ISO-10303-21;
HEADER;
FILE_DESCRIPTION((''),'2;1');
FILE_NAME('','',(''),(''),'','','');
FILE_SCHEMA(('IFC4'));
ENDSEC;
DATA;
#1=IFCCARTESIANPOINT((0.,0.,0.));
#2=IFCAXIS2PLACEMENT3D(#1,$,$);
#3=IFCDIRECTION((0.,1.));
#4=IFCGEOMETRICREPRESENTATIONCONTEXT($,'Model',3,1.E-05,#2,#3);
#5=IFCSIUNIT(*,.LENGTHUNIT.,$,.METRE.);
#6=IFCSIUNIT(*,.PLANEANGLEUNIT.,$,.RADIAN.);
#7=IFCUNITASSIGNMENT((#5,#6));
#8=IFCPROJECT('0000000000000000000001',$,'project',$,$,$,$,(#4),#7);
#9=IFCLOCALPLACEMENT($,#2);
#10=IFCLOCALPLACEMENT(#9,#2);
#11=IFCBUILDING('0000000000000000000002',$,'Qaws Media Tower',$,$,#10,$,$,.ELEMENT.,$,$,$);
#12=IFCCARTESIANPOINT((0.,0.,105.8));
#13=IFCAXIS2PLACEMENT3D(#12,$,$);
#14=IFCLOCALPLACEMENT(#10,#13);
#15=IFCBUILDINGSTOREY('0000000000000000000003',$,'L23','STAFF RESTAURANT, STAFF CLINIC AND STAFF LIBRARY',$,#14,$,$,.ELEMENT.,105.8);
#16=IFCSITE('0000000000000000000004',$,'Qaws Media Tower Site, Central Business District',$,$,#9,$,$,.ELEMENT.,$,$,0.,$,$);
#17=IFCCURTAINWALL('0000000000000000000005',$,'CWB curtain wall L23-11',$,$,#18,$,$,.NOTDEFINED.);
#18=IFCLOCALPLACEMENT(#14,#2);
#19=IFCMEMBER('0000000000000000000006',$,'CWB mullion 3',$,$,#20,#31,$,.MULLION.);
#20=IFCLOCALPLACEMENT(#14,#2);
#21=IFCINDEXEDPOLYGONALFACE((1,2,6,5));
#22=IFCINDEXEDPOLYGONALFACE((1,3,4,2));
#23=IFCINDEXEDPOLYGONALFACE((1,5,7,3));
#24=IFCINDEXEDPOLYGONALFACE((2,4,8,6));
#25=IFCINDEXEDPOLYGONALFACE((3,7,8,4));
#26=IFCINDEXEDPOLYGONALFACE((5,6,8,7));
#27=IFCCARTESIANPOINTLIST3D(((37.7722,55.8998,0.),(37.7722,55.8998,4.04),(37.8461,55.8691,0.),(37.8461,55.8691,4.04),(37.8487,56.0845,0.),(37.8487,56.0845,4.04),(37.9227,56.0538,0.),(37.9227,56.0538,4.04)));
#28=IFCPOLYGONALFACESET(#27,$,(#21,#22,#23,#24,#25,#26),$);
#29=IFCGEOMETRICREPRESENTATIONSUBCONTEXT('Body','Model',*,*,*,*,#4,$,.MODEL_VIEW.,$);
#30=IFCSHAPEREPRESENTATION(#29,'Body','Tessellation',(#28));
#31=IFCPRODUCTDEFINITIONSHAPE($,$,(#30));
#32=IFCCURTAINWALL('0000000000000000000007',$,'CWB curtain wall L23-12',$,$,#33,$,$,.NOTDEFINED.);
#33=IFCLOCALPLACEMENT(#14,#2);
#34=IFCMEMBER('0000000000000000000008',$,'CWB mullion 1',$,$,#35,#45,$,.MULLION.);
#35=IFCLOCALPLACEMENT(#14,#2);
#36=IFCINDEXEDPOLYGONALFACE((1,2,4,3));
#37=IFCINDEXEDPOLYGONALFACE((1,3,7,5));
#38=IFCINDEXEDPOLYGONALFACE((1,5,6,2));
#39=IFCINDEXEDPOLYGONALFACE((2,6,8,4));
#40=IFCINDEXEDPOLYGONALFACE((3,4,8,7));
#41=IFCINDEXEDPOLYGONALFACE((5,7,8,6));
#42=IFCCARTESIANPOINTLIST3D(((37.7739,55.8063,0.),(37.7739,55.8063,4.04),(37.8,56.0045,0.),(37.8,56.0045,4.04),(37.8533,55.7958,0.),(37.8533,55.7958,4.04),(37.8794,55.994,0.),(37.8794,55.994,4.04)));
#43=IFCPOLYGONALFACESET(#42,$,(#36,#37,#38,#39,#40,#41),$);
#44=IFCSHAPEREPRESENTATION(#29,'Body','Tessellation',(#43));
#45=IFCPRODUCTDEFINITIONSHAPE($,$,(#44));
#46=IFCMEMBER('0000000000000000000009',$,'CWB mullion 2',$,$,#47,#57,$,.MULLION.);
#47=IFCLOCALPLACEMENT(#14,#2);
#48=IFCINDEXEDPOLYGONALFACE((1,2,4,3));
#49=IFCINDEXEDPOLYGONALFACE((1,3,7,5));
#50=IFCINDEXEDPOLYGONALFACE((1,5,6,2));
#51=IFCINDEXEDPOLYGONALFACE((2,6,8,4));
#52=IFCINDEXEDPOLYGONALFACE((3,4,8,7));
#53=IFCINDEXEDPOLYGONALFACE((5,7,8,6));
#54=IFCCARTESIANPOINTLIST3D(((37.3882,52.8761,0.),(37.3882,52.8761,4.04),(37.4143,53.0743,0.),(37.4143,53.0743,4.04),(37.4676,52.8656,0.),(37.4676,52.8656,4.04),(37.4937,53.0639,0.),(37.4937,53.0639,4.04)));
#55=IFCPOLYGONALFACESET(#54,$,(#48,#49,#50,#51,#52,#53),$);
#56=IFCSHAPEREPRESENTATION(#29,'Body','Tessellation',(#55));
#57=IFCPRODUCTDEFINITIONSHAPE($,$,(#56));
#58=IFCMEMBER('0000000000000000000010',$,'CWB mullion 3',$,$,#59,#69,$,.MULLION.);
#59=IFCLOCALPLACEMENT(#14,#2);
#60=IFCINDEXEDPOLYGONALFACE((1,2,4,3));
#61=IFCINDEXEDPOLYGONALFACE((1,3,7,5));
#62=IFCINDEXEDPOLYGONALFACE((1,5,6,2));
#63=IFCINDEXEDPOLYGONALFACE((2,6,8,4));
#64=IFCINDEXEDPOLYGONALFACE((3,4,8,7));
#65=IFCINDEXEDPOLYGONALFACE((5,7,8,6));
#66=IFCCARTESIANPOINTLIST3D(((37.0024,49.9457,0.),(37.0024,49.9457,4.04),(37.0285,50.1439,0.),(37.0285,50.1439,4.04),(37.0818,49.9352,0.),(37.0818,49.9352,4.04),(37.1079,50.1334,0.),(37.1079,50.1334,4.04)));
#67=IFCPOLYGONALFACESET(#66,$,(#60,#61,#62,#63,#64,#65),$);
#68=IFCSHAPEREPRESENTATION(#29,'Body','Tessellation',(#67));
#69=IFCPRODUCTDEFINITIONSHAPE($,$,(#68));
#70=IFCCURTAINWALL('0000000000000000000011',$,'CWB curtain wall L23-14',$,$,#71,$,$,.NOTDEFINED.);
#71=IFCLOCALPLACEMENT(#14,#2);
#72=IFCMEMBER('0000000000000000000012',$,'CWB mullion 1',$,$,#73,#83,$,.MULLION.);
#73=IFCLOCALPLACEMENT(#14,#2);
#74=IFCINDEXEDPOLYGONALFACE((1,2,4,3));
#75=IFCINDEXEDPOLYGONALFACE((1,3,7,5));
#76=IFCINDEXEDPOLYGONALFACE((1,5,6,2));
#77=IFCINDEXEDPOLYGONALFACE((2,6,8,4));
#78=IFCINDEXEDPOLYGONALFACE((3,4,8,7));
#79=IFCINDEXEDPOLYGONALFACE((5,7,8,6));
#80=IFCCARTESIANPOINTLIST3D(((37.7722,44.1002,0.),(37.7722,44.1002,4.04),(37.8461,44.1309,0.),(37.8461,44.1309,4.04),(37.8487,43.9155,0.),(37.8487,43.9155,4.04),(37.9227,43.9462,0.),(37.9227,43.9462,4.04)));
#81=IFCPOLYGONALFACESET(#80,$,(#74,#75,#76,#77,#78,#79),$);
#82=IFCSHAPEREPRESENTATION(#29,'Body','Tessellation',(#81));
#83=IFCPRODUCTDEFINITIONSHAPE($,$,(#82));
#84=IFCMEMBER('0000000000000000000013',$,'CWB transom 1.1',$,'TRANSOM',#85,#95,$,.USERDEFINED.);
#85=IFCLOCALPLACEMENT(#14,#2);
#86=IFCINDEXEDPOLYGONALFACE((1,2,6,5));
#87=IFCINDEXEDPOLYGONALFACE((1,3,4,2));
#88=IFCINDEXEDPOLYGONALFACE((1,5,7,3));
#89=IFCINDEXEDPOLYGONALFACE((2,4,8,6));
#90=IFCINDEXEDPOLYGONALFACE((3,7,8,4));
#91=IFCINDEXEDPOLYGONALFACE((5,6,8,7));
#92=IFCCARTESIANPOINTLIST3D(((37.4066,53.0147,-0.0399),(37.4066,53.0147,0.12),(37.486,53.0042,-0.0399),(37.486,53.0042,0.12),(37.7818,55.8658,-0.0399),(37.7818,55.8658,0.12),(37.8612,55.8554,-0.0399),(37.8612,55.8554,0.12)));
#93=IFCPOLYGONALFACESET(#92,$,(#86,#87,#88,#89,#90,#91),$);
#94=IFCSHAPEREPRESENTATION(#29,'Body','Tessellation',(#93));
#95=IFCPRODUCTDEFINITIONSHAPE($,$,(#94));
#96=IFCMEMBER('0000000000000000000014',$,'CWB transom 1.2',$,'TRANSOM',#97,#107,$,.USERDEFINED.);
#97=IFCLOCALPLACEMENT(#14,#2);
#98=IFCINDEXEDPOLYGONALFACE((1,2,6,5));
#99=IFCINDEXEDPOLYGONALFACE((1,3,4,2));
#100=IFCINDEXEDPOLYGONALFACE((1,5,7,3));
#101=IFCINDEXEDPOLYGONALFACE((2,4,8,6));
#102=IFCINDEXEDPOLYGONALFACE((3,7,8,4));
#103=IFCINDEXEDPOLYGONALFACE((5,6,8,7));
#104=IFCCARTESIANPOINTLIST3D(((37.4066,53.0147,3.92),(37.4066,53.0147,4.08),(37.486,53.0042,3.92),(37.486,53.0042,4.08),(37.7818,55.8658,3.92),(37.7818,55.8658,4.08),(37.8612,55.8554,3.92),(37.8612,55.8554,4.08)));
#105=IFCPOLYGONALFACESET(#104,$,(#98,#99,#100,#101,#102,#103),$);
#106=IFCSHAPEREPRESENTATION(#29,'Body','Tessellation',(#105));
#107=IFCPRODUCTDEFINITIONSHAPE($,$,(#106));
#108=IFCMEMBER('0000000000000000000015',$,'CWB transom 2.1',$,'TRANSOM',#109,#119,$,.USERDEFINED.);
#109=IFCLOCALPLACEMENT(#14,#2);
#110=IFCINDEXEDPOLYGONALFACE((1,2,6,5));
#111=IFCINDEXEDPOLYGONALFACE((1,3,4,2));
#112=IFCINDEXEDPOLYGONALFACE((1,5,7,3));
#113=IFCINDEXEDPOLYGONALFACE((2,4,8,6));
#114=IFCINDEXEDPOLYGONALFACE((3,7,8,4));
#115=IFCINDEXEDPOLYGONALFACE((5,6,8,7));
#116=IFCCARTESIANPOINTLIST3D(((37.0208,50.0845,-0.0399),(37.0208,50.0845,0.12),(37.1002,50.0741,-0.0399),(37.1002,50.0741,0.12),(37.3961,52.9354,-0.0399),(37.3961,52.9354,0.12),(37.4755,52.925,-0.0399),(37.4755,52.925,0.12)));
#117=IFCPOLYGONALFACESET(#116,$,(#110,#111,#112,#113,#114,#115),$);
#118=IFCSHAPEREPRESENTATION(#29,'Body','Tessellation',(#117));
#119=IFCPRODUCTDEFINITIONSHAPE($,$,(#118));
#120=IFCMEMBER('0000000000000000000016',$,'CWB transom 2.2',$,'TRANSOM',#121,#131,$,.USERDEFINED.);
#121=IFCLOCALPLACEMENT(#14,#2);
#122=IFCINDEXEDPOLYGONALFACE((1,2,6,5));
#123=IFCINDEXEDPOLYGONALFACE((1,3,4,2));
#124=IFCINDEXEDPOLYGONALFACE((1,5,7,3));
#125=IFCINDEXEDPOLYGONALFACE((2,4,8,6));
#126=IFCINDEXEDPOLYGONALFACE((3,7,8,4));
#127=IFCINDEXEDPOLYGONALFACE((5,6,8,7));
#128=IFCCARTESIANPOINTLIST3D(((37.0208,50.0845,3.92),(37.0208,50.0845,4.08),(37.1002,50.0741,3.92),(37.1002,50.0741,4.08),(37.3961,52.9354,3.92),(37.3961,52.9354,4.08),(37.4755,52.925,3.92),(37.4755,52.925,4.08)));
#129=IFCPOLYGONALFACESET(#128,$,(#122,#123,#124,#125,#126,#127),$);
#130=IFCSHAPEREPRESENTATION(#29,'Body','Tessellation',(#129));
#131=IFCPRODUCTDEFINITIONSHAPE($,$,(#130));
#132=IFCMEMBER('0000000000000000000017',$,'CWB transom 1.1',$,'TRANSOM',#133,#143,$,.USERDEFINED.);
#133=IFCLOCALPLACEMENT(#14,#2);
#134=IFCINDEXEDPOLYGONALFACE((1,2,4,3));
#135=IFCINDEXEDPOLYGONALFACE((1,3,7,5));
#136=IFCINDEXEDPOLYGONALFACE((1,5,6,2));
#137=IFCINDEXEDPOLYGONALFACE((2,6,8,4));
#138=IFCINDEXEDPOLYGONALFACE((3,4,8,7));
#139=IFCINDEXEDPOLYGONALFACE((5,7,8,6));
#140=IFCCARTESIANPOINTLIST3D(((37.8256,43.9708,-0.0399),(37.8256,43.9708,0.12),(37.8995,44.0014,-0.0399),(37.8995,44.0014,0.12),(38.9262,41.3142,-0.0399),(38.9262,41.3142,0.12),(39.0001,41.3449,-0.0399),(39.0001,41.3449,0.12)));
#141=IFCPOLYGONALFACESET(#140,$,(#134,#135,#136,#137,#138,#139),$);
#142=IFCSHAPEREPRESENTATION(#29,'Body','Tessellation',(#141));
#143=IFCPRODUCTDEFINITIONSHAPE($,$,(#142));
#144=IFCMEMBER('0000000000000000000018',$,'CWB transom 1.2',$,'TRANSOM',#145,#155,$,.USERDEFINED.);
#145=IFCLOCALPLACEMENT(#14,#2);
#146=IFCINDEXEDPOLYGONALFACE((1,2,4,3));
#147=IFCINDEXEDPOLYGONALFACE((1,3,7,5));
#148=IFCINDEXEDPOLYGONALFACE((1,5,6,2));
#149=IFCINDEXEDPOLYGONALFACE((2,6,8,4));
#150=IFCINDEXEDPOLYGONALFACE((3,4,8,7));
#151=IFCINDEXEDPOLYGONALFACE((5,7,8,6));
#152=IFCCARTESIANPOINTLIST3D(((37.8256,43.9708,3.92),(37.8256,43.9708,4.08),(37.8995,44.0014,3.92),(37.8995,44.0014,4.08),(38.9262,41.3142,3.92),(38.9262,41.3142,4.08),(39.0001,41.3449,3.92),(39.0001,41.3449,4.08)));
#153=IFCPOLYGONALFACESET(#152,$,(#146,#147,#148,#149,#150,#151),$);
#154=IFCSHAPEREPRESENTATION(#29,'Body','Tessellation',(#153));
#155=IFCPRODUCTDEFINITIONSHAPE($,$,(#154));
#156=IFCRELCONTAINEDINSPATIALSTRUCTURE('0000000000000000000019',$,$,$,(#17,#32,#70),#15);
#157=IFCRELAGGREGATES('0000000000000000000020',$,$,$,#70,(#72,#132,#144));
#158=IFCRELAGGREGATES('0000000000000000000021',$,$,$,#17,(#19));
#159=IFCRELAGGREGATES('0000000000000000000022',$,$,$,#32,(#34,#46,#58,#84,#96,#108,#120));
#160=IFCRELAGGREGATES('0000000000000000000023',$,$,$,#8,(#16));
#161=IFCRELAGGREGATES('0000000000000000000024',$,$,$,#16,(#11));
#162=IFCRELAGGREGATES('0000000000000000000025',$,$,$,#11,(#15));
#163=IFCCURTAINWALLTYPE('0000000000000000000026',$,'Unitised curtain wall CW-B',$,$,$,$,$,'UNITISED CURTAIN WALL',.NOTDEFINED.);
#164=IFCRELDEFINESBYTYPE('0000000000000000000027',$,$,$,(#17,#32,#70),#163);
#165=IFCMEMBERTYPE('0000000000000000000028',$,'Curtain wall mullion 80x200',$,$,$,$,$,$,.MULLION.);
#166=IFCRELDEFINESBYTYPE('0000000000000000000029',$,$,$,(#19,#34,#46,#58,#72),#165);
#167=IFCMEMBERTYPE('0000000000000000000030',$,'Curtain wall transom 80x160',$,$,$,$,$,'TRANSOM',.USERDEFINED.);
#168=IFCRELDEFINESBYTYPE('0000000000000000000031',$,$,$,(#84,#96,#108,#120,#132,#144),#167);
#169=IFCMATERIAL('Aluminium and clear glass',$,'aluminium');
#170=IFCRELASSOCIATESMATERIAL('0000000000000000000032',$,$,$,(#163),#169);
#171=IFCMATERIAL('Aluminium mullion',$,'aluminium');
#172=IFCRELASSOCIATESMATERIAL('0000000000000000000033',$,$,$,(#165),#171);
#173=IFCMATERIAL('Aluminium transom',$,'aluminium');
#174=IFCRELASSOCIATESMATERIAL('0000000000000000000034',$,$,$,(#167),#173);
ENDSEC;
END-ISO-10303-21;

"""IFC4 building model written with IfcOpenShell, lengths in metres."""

from ifc_helpers import new_model, si_unit, direction, frame, origin, origin_2d, place, context, subcontext, project, spatial, rectangle, extrude, material, material_profile, profile_set, type_object, element, aggregate, save


model = new_model("IFC4")

# Units and contexts
model_context = context("Model", 3, precision=1e-05, world=origin(), true_north=direction((0.0, 1.0)))
body_context = subcontext(model_context, "Body", "Model", "MODEL_VIEW")
ifc_project = project(units=[si_unit("LENGTHUNIT", "METRE"), si_unit("PLANEANGLEUNIT", "RADIAN")], contexts=[model_context])

# Site, building, storey
site_placement = place(None, origin())
site = spatial("IfcSite", under=ifc_project, at=site_placement, Name="Qaws Media Tower Site, Central Business District", CompositionType="ELEMENT", RefElevation=0.0)
building_placement = place(site_placement, origin())
building = spatial("IfcBuilding", under=site, at=building_placement, Name="Qaws Media Tower", CompositionType="ELEMENT")
storey_placement = place(building_placement, frame((0.0, 0.0, 105.8)))
storey = spatial("IfcBuildingStorey", under=building, at=storey_placement, Name="L23", Description="STAFF RESTAURANT, STAFF CLINIC AND STAFF LIBRARY", CompositionType="ELEMENT", Elevation=105.8)

# Curtain wall, member
ifc_material_1 = material(Name="Aluminium and clear glass", Category="aluminium")
curtain_wall_type = type_object("IfcCurtainWallType", Name="Unitised curtain wall CW-B", ElementType="UNITISED CURTAIN WALL", PredefinedType="NOTDEFINED", material=ifc_material_1)
curtain_wall_1_placement = place(storey_placement, origin())
curtain_wall_1 = element("IfcCurtainWall", 1, at=curtain_wall_1_placement, inside=storey, type_object=curtain_wall_type, Name="CWB curtain wall L23-11", PredefinedType="NOTDEFINED")
ifc_material_2 = material(Name="Aluminium mullion", Category="aluminium")
ifc_material_profile_1 = material_profile(ifc_material_2, rectangle(XDim=0.0801, YDim=0.2, at=origin_2d()), Name="80x200")
ifc_profile_set_1 = profile_set([ifc_material_profile_1], Name="Aluminium mullion")
member_type_1 = type_object("IfcMemberType", Name="Curtain wall mullion 80x200", PredefinedType="MULLION", material=ifc_profile_set_1)
member_1_placement = place(storey_placement, frame((37.8474, 55.9768, 0.0), z_axis=(0.0, 0.0, 1.0), x_axis=(0.92388, -0.382683, 0.0)))
member_1 = element("IfcMember", 2, at=member_1_placement, type_object=member_type_1, Name="CWB mullion 3", PredefinedType="MULLION", context=body_context, shape_type="SweptSolid", body=[
    extrude(rectangle(XDim=0.0801, YDim=0.2, at=origin_2d()), origin(), (0.0, 0.0, 1.0), 4.04),
])

# Curtain wall, members
curtain_wall_2_placement = place(storey_placement, origin())
curtain_wall_2 = element("IfcCurtainWall", 3, at=curtain_wall_2_placement, inside=storey, type_object=curtain_wall_type, Name="CWB curtain wall L23-12", PredefinedType="NOTDEFINED")
member_2_placement = place(storey_placement, frame((37.8267, 55.9001, 0.0), z_axis=(0.0, 0.0, 1.0), x_axis=(0.991445, -0.130526, 0.0)))
member_2 = element("IfcMember", 4, at=member_2_placement, type_object=member_type_1, Name="CWB mullion 1", PredefinedType="MULLION", context=body_context, shape_type="SweptSolid", body=[
    extrude(rectangle(XDim=0.0801, YDim=0.2, at=origin_2d()), origin(), (0.0, 0.0, 1.0), 4.04),
])
member_3_placement = place(storey_placement, frame((37.4409, 52.97, 0.0), z_axis=(0.0, 0.0, 1.0), x_axis=(0.991445, -0.130526, 0.0)))
member_3 = element("IfcMember", 5, at=member_3_placement, type_object=member_type_1, Name="CWB mullion 2", PredefinedType="MULLION", context=body_context, shape_type="SweptSolid", body=[
    extrude(rectangle(XDim=0.0801, YDim=0.2, at=origin_2d()), origin(), (0.0, 0.0, 1.0), 4.04),
])
member_4_placement = place(storey_placement, frame((37.0552, 50.0396, 0.0), z_axis=(0.0, 0.0, 1.0), x_axis=(0.991445, -0.130526, 0.0)))
member_4 = element("IfcMember", 6, at=member_4_placement, type_object=member_type_1, Name="CWB mullion 3", PredefinedType="MULLION", context=body_context, shape_type="SweptSolid", body=[
    extrude(rectangle(XDim=0.0801, YDim=0.2, at=origin_2d()), origin(), (0.0, 0.0, 1.0), 4.04),
])

# Curtain wall, member
curtain_wall_3_placement = place(storey_placement, origin())
curtain_wall_3 = element("IfcCurtainWall", 7, at=curtain_wall_3_placement, inside=storey, type_object=curtain_wall_type, Name="CWB curtain wall L23-14", PredefinedType="NOTDEFINED")
member_5_placement = place(storey_placement, frame((37.8474, 44.0232, 0.0), z_axis=(0.0, 0.0, 1.0), x_axis=(0.92388, 0.382683, 0.0)))
member_5 = element("IfcMember", 8, at=member_5_placement, type_object=member_type_1, Name="CWB mullion 1", PredefinedType="MULLION", context=body_context, shape_type="SweptSolid", body=[
    extrude(rectangle(XDim=0.0801, YDim=0.2, at=origin_2d()), origin(), (0.0, 0.0, 1.0), 4.04),
])

# Members
ifc_material_3 = material(Name="Aluminium transom", Category="aluminium")
ifc_material_profile_2 = material_profile(ifc_material_3, rectangle(XDim=0.0801, YDim=0.1599, at=origin_2d()), Name="80x160")
ifc_profile_set_2 = profile_set([ifc_material_profile_2], Name="Aluminium transom")
member_type_2 = type_object("IfcMemberType", Name="Curtain wall transom 80x160", ElementType="TRANSOM", PredefinedType="USERDEFINED", material=ifc_profile_set_2)
member_6_placement = place(storey_placement, frame((37.8215, 55.8606, 0.04), z_axis=(-0.13049, -0.99145, 0.0), x_axis=(0.99145, -0.13049, 0.0)))
member_6 = element("IfcMember", 9, at=member_6_placement, type_object=member_type_2, Name="CWB transom 1.1", ObjectType="TRANSOM", PredefinedType="USERDEFINED", context=body_context, shape_type="SweptSolid", body=[
    extrude(rectangle(XDim=0.0801, YDim=0.1599, at=origin_2d()), origin(), (0.0, 0.0, 1.0), 2.8757),
])
member_7_placement = place(storey_placement, frame((37.8215, 55.8606, 4.0), z_axis=(-0.13049, -0.99145, 0.0), x_axis=(0.99145, -0.13049, 0.0)))
member_7 = element("IfcMember", 10, at=member_7_placement, type_object=member_type_2, Name="CWB transom 1.2", ObjectType="TRANSOM", PredefinedType="USERDEFINED", context=body_context, shape_type="SweptSolid", body=[
    extrude(rectangle(XDim=0.0801, YDim=0.1599, at=origin_2d()), origin(), (0.0, 0.0, 1.0), 2.8757),
])
member_8_placement = place(storey_placement, frame((37.4358, 52.9302, 0.04), z_axis=(-0.130501, -0.991448, 0.0), x_axis=(0.991448, -0.130501, 0.0)))
member_8 = element("IfcMember", 11, at=member_8_placement, type_object=member_type_2, Name="CWB transom 2.1", ObjectType="TRANSOM", PredefinedType="USERDEFINED", context=body_context, shape_type="SweptSolid", body=[
    extrude(rectangle(XDim=0.0801, YDim=0.1599, at=origin_2d()), origin(), (0.0, 0.0, 1.0), 2.8755),
])
member_9_placement = place(storey_placement, frame((37.4358, 52.9302, 4.0), z_axis=(-0.130501, -0.991448, 0.0), x_axis=(0.991448, -0.130501, 0.0)))
member_9 = element("IfcMember", 12, at=member_9_placement, type_object=member_type_2, Name="CWB transom 2.2", ObjectType="TRANSOM", PredefinedType="USERDEFINED", context=body_context, shape_type="SweptSolid", body=[
    extrude(rectangle(XDim=0.0801, YDim=0.1599, at=origin_2d()), origin(), (0.0, 0.0, 1.0), 2.8755),
])
member_10_placement = place(storey_placement, frame((37.8625, 43.9861, 0.04), z_axis=(0.382752, -0.923851, 0.0), x_axis=(0.923851, 0.382752, 0.0)))
member_10 = element("IfcMember", 13, at=member_10_placement, type_object=member_type_2, Name="CWB transom 1.1", ObjectType="TRANSOM", PredefinedType="USERDEFINED", context=body_context, shape_type="SweptSolid", body=[
    extrude(rectangle(XDim=0.0801, YDim=0.1599, at=origin_2d()), origin(), (0.0, 0.0, 1.0), 2.8755),
])
member_11_placement = place(storey_placement, frame((37.8625, 43.9861, 4.0), z_axis=(0.382752, -0.923851, 0.0), x_axis=(0.923851, 0.382752, 0.0)))
member_11 = element("IfcMember", 14, at=member_11_placement, type_object=member_type_2, Name="CWB transom 1.2", ObjectType="TRANSOM", PredefinedType="USERDEFINED", context=body_context, shape_type="SweptSolid", body=[
    extrude(rectangle(XDim=0.0801, YDim=0.1599, at=origin_2d()), origin(), (0.0, 0.0, 1.0), 2.8755),
])
aggregate(curtain_wall_3, [member_5, member_10, member_11])

aggregate(curtain_wall_1, [member_1])
aggregate(curtain_wall_2, [member_2, member_3, member_4, member_6, member_7, member_8, member_9])

save(model, "model.ifc")
